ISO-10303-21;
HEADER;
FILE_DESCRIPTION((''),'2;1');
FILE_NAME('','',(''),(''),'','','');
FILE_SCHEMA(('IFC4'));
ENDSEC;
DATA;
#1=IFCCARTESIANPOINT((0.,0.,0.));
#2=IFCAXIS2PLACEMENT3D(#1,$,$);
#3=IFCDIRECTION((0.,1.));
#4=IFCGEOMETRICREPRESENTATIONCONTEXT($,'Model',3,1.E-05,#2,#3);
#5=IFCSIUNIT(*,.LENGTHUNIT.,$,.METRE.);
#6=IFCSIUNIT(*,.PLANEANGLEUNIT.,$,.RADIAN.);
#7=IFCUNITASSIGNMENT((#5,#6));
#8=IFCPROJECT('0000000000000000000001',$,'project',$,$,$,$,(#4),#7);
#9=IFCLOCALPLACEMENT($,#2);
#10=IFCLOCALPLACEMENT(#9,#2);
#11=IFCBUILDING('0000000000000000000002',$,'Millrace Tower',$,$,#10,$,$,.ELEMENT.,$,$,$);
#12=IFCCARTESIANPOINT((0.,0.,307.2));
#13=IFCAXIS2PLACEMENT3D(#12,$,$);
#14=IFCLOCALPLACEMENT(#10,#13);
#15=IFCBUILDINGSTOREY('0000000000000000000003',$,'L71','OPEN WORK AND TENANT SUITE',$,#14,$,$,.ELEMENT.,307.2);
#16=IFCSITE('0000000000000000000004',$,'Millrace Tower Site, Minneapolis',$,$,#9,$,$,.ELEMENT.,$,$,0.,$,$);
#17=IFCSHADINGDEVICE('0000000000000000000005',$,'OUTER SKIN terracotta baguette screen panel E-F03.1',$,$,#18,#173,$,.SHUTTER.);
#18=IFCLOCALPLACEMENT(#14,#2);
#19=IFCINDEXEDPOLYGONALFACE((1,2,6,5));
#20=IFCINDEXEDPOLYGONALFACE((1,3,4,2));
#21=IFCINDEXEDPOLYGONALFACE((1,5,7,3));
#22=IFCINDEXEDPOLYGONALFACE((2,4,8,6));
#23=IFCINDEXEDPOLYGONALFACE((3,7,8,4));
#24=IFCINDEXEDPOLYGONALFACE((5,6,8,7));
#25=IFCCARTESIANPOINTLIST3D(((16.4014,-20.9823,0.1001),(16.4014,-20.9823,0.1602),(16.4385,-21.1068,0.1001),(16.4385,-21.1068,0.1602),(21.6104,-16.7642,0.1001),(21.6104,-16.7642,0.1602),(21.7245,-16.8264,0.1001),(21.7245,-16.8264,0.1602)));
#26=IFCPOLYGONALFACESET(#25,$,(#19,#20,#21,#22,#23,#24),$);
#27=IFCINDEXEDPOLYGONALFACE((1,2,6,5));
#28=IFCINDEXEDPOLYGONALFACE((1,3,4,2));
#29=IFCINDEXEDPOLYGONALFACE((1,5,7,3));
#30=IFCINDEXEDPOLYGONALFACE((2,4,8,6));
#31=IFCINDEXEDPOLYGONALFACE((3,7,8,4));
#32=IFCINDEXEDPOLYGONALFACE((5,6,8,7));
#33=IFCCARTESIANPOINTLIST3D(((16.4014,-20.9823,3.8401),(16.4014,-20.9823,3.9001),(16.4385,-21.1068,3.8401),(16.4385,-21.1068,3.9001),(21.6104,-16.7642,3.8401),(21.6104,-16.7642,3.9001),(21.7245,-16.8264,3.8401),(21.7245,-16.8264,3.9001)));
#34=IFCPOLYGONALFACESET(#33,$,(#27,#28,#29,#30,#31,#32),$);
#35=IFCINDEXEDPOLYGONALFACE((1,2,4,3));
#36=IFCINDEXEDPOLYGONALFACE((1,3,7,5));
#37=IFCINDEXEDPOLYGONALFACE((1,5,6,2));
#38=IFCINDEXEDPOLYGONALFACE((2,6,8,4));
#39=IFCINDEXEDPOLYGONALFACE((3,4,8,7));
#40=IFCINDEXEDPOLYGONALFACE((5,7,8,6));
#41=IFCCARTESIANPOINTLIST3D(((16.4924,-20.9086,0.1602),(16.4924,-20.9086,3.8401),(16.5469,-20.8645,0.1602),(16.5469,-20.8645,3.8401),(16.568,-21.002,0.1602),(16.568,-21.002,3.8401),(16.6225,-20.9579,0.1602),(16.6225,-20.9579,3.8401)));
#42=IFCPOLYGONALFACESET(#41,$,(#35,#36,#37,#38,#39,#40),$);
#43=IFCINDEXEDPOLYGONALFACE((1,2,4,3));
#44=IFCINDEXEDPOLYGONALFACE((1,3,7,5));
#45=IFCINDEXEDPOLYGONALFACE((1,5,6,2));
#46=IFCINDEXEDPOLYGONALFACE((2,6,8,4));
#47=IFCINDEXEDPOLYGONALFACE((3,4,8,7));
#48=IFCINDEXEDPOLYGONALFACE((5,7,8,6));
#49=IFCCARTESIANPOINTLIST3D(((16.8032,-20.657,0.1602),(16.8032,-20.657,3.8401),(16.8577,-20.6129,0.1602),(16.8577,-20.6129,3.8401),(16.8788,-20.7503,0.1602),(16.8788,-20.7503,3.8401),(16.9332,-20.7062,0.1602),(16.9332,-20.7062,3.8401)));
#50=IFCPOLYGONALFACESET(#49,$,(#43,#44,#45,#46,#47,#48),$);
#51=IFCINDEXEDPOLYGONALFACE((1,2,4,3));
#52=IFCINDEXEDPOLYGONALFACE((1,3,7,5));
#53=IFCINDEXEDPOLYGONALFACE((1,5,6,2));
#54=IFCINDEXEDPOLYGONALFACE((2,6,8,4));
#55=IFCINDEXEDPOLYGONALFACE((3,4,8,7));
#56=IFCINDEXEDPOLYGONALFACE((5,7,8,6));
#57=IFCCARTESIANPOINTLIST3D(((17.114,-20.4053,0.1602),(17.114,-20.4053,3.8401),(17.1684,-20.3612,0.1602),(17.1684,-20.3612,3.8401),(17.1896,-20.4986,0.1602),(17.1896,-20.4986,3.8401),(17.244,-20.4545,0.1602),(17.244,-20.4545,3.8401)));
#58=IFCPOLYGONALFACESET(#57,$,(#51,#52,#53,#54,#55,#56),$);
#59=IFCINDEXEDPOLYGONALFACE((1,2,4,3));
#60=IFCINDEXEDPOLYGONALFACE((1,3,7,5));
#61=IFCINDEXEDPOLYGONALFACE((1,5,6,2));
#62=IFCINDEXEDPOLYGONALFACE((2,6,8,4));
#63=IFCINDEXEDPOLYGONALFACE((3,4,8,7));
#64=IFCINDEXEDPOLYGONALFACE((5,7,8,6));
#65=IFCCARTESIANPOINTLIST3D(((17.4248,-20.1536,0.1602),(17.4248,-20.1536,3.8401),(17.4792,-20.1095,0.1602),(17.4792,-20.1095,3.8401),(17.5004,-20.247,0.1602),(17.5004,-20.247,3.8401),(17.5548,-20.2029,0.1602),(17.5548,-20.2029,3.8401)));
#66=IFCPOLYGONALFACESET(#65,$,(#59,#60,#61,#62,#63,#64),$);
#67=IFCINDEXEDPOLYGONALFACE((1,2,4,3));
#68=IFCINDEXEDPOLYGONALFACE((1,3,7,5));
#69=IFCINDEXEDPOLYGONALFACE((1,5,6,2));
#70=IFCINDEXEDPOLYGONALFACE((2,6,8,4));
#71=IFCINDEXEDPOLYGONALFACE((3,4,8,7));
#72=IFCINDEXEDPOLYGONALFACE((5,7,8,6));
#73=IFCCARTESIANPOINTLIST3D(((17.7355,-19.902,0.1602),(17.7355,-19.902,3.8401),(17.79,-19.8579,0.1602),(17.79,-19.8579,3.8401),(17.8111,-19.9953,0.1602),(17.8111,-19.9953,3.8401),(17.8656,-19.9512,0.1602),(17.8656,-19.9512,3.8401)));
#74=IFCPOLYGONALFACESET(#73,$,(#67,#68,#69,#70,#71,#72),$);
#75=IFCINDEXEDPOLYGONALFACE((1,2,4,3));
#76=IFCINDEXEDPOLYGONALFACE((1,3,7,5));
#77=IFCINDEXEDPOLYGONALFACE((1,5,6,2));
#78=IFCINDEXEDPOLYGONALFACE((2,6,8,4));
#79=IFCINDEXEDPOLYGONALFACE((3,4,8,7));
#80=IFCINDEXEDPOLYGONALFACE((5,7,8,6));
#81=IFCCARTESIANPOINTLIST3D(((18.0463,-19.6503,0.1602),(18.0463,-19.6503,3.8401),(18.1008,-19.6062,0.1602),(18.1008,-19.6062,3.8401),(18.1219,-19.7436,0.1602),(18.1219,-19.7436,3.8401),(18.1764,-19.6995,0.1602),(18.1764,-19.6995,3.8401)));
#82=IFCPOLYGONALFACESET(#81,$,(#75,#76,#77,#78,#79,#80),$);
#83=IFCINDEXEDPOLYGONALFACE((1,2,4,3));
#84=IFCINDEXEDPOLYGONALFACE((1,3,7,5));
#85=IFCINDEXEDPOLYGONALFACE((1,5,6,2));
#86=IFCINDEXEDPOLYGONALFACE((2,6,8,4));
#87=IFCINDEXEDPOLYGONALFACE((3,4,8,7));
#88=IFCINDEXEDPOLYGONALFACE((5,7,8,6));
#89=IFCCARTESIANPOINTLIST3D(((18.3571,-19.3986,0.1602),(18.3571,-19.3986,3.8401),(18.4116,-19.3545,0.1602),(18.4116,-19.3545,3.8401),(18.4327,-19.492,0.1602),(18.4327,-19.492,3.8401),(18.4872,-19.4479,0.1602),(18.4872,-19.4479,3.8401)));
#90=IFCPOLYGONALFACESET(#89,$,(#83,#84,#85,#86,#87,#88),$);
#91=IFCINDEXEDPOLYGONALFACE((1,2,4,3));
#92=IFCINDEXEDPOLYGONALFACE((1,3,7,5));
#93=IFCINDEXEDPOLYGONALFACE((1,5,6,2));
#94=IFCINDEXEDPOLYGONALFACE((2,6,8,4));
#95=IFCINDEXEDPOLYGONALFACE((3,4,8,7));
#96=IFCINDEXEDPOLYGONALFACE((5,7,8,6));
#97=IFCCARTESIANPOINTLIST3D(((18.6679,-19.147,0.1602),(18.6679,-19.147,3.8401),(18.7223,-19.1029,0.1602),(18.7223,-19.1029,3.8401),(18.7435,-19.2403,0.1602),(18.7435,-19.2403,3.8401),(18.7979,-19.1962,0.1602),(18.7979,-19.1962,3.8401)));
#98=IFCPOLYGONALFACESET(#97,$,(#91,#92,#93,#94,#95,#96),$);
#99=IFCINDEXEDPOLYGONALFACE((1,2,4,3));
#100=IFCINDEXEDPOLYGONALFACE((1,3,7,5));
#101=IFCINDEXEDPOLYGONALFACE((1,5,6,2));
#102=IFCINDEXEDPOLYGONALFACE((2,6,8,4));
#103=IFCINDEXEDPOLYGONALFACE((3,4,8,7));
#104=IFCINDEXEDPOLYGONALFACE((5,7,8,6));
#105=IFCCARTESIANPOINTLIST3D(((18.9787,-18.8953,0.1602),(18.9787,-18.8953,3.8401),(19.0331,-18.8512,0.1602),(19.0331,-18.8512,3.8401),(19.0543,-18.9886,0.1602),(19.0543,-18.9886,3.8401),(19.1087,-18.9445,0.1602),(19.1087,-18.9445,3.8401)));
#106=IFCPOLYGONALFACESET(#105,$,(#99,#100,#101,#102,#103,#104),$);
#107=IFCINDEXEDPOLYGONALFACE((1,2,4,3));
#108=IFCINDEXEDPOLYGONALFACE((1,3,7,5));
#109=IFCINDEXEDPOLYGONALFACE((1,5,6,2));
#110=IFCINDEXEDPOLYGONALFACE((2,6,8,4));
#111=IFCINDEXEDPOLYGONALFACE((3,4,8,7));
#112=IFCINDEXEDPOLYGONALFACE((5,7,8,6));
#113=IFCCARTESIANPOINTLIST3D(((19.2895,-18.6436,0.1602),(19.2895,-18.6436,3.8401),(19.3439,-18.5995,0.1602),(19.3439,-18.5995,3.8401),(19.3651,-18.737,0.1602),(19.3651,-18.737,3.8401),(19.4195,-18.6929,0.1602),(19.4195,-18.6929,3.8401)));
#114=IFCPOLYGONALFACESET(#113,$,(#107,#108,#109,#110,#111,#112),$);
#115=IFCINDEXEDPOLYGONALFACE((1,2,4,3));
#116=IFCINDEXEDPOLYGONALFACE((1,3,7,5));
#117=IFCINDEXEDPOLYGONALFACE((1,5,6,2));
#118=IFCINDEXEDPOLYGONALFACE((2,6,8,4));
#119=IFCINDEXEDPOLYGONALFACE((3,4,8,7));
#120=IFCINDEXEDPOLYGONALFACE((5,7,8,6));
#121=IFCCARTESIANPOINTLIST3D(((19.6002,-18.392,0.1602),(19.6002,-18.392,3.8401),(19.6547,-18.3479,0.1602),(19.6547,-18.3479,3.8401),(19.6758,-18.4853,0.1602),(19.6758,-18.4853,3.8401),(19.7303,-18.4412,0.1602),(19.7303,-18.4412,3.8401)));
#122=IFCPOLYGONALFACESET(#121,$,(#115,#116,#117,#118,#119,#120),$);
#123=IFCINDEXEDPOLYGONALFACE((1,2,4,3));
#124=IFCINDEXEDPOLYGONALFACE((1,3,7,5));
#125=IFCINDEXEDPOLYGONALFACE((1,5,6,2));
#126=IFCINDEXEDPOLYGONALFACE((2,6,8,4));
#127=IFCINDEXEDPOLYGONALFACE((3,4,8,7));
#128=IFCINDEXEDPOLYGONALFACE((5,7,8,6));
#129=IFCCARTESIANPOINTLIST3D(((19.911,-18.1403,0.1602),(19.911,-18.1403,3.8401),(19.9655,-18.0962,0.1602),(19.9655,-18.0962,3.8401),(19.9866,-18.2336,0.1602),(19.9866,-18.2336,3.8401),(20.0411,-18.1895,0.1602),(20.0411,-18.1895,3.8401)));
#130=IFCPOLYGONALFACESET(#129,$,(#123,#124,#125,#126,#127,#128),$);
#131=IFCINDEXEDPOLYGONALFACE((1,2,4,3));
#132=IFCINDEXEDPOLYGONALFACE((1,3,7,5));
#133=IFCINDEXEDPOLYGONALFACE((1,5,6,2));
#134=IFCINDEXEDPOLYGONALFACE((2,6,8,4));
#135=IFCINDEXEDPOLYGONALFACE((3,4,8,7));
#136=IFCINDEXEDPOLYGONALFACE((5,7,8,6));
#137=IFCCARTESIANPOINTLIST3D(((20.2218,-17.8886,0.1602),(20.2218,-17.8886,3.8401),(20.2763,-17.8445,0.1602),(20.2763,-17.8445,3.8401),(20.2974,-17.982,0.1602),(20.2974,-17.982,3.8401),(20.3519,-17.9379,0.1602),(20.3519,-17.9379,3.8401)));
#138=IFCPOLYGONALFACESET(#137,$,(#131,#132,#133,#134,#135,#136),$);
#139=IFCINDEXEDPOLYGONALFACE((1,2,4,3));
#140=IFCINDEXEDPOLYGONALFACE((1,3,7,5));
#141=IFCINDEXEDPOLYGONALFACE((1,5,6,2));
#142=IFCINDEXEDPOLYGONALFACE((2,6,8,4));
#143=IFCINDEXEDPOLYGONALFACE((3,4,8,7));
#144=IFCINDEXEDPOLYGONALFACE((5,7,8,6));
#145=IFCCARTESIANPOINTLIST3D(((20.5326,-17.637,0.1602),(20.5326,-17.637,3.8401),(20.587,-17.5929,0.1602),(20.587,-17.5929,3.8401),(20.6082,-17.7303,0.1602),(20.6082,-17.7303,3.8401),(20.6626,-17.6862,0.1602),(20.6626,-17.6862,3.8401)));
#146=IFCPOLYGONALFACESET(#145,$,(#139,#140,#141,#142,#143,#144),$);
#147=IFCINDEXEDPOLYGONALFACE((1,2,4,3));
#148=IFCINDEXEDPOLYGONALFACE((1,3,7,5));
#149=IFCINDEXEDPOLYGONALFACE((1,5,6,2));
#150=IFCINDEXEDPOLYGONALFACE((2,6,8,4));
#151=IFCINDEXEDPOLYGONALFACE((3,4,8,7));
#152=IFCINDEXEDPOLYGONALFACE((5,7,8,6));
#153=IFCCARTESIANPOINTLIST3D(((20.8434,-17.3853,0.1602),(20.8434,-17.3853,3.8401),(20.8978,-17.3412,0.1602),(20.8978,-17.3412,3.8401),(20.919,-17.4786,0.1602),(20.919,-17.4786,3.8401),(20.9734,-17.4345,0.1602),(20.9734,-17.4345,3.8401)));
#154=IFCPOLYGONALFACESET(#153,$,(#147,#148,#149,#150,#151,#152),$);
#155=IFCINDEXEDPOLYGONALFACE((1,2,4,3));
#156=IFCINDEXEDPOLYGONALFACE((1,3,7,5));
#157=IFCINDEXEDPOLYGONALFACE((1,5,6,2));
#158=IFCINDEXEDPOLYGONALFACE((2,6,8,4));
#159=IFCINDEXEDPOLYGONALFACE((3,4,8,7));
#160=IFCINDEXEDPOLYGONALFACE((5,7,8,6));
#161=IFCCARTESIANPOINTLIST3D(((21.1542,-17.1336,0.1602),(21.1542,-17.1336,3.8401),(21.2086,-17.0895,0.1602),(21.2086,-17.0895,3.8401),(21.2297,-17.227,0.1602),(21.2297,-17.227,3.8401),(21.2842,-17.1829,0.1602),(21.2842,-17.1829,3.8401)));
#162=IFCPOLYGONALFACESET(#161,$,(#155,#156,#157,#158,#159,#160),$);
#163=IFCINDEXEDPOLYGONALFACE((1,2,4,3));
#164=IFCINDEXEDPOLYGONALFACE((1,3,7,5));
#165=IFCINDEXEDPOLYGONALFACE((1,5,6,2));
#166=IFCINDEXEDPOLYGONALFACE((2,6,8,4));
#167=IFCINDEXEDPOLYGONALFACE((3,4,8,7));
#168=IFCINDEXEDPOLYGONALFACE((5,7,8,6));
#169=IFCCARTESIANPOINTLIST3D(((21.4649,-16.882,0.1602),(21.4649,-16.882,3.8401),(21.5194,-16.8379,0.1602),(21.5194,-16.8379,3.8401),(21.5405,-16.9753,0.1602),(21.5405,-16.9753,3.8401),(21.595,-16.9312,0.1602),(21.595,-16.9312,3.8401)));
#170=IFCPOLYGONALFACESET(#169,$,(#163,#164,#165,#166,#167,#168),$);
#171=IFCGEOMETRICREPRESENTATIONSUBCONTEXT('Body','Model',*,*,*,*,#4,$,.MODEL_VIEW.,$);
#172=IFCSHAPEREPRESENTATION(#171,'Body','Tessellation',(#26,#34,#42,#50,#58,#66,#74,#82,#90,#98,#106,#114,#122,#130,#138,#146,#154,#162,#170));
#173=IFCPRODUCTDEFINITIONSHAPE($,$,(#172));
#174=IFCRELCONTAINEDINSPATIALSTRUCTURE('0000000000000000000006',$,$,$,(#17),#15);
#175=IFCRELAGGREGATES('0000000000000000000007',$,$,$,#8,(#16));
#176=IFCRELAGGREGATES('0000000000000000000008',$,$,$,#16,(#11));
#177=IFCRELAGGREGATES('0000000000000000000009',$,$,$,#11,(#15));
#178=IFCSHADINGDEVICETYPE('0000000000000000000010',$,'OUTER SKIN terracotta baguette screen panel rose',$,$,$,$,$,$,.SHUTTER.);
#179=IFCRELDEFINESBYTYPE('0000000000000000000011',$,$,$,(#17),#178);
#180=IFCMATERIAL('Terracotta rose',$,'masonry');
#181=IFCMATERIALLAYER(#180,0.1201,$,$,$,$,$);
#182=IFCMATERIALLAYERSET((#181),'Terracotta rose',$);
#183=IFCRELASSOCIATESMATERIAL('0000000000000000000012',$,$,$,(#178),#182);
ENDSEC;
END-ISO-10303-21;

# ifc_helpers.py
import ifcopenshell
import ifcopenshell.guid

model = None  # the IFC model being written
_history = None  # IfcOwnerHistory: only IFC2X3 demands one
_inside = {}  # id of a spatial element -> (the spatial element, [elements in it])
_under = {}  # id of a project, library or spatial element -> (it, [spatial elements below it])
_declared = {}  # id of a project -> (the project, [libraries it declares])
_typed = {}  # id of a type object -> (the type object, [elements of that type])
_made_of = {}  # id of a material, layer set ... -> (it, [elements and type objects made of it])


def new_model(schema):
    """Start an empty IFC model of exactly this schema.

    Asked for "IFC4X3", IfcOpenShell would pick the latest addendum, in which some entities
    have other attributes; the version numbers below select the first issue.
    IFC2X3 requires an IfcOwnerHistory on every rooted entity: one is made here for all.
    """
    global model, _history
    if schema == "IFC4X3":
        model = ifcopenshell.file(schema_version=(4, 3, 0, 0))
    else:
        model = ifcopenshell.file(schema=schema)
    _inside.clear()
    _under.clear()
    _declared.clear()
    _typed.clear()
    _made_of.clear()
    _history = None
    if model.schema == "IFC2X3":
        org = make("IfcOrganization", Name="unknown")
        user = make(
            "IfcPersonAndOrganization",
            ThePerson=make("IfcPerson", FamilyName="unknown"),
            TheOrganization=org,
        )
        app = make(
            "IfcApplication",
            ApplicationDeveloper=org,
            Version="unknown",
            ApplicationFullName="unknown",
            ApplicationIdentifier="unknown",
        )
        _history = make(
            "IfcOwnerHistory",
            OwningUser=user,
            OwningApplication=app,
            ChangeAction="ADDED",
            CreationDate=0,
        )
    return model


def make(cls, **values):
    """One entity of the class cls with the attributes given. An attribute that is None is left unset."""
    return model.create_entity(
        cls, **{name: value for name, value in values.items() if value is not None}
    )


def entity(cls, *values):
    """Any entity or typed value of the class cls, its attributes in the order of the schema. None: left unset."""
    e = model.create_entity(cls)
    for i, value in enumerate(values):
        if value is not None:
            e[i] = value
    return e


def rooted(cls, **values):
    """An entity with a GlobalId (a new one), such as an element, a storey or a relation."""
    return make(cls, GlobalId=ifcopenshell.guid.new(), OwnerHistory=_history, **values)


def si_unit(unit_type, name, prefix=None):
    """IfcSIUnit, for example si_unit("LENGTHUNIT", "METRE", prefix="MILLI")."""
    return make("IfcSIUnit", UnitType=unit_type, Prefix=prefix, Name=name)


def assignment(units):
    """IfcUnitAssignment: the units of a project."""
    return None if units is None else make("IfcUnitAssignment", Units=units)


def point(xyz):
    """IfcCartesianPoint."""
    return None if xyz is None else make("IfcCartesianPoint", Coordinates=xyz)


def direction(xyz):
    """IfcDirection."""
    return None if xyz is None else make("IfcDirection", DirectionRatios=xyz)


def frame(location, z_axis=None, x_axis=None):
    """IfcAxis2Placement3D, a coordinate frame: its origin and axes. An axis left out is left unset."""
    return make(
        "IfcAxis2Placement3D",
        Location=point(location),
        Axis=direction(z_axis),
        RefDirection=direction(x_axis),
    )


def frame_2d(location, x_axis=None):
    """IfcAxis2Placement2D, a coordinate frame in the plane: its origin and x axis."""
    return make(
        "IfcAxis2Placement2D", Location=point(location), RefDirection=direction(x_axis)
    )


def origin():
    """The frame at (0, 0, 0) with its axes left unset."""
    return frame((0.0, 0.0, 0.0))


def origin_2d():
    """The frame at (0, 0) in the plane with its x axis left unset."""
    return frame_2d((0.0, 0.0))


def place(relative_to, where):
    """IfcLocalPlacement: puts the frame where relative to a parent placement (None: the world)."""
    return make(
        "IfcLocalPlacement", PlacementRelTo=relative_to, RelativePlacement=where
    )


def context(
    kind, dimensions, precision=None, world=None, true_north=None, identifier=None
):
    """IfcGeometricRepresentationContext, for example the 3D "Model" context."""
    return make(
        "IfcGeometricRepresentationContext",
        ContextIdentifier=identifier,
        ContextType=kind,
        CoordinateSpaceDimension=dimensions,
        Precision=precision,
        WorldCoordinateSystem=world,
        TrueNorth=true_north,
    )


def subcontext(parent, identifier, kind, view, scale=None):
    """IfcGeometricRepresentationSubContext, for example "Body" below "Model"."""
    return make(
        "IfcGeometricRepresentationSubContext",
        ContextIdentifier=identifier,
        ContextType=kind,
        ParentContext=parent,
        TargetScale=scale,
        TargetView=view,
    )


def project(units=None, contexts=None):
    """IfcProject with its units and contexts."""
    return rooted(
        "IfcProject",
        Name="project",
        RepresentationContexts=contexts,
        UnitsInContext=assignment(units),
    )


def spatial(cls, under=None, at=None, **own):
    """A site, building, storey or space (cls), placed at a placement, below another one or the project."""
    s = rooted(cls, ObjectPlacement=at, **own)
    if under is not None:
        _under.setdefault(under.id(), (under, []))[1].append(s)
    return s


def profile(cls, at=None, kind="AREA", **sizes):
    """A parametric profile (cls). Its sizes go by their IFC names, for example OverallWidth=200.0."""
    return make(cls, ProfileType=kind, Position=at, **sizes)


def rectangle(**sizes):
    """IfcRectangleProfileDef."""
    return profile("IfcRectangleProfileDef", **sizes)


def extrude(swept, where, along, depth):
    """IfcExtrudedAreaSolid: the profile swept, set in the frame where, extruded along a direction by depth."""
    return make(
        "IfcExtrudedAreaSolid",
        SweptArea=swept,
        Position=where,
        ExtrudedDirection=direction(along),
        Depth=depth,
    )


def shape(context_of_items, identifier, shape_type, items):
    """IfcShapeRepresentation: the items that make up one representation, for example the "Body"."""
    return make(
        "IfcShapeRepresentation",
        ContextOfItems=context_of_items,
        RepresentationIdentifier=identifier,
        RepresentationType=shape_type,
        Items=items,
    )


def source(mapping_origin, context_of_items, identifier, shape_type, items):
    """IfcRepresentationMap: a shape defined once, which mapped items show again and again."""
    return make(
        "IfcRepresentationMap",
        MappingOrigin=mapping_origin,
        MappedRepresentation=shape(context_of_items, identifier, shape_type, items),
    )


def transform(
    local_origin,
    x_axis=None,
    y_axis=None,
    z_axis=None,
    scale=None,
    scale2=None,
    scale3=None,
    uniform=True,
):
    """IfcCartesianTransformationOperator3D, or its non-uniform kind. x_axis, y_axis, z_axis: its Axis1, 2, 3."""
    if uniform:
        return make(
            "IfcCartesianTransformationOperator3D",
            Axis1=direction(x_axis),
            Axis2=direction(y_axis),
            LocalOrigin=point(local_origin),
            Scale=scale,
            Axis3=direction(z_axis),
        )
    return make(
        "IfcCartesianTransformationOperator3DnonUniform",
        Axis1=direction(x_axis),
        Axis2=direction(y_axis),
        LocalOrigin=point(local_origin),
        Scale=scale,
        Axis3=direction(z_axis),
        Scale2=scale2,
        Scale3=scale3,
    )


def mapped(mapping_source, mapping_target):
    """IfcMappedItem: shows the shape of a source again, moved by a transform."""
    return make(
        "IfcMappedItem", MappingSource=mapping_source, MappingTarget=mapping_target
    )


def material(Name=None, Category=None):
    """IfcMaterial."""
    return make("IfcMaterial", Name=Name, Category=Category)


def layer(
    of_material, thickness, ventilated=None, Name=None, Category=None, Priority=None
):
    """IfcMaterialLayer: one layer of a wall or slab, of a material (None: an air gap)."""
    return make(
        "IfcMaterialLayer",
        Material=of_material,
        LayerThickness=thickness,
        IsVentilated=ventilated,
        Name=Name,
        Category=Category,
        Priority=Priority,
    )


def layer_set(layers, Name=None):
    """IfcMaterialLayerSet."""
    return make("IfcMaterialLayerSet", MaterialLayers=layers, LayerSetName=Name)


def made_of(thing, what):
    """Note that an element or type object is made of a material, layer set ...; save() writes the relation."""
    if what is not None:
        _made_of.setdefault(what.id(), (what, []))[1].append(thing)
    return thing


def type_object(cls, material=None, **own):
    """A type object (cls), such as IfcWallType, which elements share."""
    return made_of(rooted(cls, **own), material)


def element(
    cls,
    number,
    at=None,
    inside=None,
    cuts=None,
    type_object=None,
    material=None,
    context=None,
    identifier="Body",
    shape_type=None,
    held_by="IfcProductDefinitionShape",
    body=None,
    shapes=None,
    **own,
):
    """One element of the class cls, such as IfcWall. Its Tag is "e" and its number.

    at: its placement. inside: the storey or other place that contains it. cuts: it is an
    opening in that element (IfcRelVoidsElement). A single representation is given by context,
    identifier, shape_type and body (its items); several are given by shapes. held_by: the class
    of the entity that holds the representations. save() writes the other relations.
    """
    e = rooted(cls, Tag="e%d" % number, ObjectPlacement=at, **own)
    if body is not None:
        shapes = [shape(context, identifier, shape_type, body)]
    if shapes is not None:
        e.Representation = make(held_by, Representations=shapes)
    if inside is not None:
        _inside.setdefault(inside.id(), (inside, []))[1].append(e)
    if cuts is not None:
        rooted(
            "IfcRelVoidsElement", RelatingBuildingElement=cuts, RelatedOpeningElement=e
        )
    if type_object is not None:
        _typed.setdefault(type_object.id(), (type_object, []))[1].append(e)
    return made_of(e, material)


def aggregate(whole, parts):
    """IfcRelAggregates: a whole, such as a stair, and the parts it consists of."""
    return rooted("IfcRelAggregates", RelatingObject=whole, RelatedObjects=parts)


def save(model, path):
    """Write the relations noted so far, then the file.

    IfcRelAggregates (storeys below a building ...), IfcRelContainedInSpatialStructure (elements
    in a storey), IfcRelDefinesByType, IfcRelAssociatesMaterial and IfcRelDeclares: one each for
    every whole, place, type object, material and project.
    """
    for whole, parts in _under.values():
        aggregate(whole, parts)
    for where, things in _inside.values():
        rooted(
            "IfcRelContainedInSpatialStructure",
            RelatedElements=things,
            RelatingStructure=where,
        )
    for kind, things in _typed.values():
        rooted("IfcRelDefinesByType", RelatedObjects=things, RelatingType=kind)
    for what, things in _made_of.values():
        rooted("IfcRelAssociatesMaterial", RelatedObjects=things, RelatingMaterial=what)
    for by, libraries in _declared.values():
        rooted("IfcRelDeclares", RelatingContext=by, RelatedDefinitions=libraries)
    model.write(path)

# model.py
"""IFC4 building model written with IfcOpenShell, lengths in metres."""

from ifc_helpers import new_model, entity, si_unit, direction, frame, frame_2d, origin, origin_2d, place, context, subcontext, project, spatial, rectangle, extrude, source, transform, mapped, material, layer, layer_set, type_object, element, save


model = new_model("IFC4")

# Units and contexts
model_context = context("Model", 3, precision=1e-05, world=origin(), true_north=direction((0.0, 1.0)))
body_context = subcontext(model_context, "Body", "Model", "MODEL_VIEW")
ifc_project = project(units=[si_unit("LENGTHUNIT", "METRE"), si_unit("PLANEANGLEUNIT", "RADIAN")], contexts=[model_context])

# Site, building, storey
site_placement = place(None, origin())
site = spatial("IfcSite", under=ifc_project, at=site_placement, Name="Millrace Tower Site, Minneapolis", CompositionType="ELEMENT", RefElevation=0.0)
building_placement = place(site_placement, origin())
building = spatial("IfcBuilding", under=site, at=building_placement, Name="Millrace Tower", CompositionType="ELEMENT")
storey_placement = place(building_placement, frame((0.0, 0.0, 307.2)))
storey = spatial("IfcBuildingStorey", under=building, at=storey_placement, Name="L71", Description="OPEN WORK AND TENANT SUITE", CompositionType="ELEMENT", Elevation=307.2)

# Shading device
ifc_material_1 = material(Name="Terracotta rose", Category="masonry")
ifc_layer_1 = layer(ifc_material_1, 0.1201)
ifc_layer_set_1 = layer_set([ifc_layer_1], Name="Terracotta rose")
shading_device_type = type_object("IfcShadingDeviceType", Name="OUTER SKIN terracotta baguette screen panel rose", PredefinedType="SHUTTER", material=ifc_layer_set_1)
cartesian_point_1 = entity("IfcCartesianPoint", [-3.3513, 0.0601])
shared_polyline_1 = entity("IfcPolyline", [cartesian_point_1, entity("IfcCartesianPoint", [3.3513, 0.0601]), entity("IfcCartesianPoint", [3.4009, -0.0601]), entity("IfcCartesianPoint", [-3.4009, -0.0601]), cartesian_point_1])
shared_shape_1 = source(origin(), body_context, "Body", "SweptSolid", [
    entity("IfcExtrudedAreaSolid", entity("IfcArbitraryClosedProfileDef", "AREA", None, shared_polyline_1), entity("IfcAxis2Placement3D", entity("IfcCartesianPoint", [0.0, 0.0, 0.0])), entity("IfcDirection", [0.0, 0.0, 1.0]), 0.0601),
    entity("IfcExtrudedAreaSolid", entity("IfcArbitraryClosedProfileDef", "AREA", None, shared_polyline_1), entity("IfcAxis2Placement3D", entity("IfcCartesianPoint", [0.0, 0.0, 3.74])), entity("IfcDirection", [0.0, 0.0, 1.0]), 0.0601),
    extrude(rectangle(XDim=0.0701, YDim=0.1201, at=frame_2d((-3.1992, 0.0))), frame((0.0, 0.0, 0.0601)), (0.0, 0.0, 1.0), 3.6799),
    extrude(rectangle(XDim=0.0701, YDim=0.1201, at=frame_2d((-2.7993, 0.0))), frame((0.0, 0.0, 0.0601)), (0.0, 0.0, 1.0), 3.6799),
    extrude(rectangle(XDim=0.0701, YDim=0.1201, at=frame_2d((-2.3994, 0.0))), frame((0.0, 0.0, 0.0601)), (0.0, 0.0, 1.0), 3.6799),
    extrude(rectangle(XDim=0.0701, YDim=0.1201, at=frame_2d((-1.9995, 0.0))), frame((0.0, 0.0, 0.0601)), (0.0, 0.0, 1.0), 3.6799),
    extrude(rectangle(XDim=0.0701, YDim=0.1201, at=frame_2d((-1.5996, 0.0))), frame((0.0, 0.0, 0.0601)), (0.0, 0.0, 1.0), 3.6799),
    extrude(rectangle(XDim=0.0701, YDim=0.1201, at=frame_2d((-1.1997, 0.0))), frame((0.0, 0.0, 0.0601)), (0.0, 0.0, 1.0), 3.6799),
    extrude(rectangle(XDim=0.0701, YDim=0.1201, at=frame_2d((-0.7998, 0.0))), frame((0.0, 0.0, 0.0601)), (0.0, 0.0, 1.0), 3.6799),
    extrude(rectangle(XDim=0.0701, YDim=0.1201, at=frame_2d((-0.3999, 0.0))), frame((0.0, 0.0, 0.0601)), (0.0, 0.0, 1.0), 3.6799),
    extrude(rectangle(XDim=0.0701, YDim=0.1201, at=origin_2d()), frame((0.0, 0.0, 0.0601)), (0.0, 0.0, 1.0), 3.6799),
    extrude(rectangle(XDim=0.0701, YDim=0.1201, at=frame_2d((0.3999, 0.0))), frame((0.0, 0.0, 0.0601)), (0.0, 0.0, 1.0), 3.6799),
    extrude(rectangle(XDim=0.0701, YDim=0.1201, at=frame_2d((0.7998, 0.0))), frame((0.0, 0.0, 0.0601)), (0.0, 0.0, 1.0), 3.6799),
    extrude(rectangle(XDim=0.0701, YDim=0.1201, at=frame_2d((1.1997, 0.0))), frame((0.0, 0.0, 0.0601)), (0.0, 0.0, 1.0), 3.6799),
    extrude(rectangle(XDim=0.0701, YDim=0.1201, at=frame_2d((1.5996, 0.0))), frame((0.0, 0.0, 0.0601)), (0.0, 0.0, 1.0), 3.6799),
    extrude(rectangle(XDim=0.0701, YDim=0.1201, at=frame_2d((1.9995, 0.0))), frame((0.0, 0.0, 0.0601)), (0.0, 0.0, 1.0), 3.6799),
    extrude(rectangle(XDim=0.0701, YDim=0.1201, at=frame_2d((2.3994, 0.0))), frame((0.0, 0.0, 0.0601)), (0.0, 0.0, 1.0), 3.6799),
    extrude(rectangle(XDim=0.0701, YDim=0.1201, at=frame_2d((2.7993, 0.0))), frame((0.0, 0.0, 0.0601)), (0.0, 0.0, 1.0), 3.6799),
    extrude(rectangle(XDim=0.0701, YDim=0.1201, at=frame_2d((3.1992, 0.0))), frame((0.0, 0.0, 0.0601)), (0.0, 0.0, 1.0), 3.6799),
])
shading_device_1_placement = place(storey_placement, frame((19.0437, -18.9199, 0.1001), z_axis=(0.0, 0.0, 1.0), x_axis=(0.777146, 0.62932, 0.0)))
element("IfcShadingDevice", 1, at=shading_device_1_placement, inside=storey, type_object=shading_device_type, Name="OUTER SKIN terracotta baguette screen panel E-F03.1", PredefinedType="SHUTTER", context=body_context, shape_type="MappedRepresentation", body=[
    mapped(shared_shape_1, transform((0.0, 0.0, 0.0), scale=1.0)),
])

save(model, "model.ifc")
